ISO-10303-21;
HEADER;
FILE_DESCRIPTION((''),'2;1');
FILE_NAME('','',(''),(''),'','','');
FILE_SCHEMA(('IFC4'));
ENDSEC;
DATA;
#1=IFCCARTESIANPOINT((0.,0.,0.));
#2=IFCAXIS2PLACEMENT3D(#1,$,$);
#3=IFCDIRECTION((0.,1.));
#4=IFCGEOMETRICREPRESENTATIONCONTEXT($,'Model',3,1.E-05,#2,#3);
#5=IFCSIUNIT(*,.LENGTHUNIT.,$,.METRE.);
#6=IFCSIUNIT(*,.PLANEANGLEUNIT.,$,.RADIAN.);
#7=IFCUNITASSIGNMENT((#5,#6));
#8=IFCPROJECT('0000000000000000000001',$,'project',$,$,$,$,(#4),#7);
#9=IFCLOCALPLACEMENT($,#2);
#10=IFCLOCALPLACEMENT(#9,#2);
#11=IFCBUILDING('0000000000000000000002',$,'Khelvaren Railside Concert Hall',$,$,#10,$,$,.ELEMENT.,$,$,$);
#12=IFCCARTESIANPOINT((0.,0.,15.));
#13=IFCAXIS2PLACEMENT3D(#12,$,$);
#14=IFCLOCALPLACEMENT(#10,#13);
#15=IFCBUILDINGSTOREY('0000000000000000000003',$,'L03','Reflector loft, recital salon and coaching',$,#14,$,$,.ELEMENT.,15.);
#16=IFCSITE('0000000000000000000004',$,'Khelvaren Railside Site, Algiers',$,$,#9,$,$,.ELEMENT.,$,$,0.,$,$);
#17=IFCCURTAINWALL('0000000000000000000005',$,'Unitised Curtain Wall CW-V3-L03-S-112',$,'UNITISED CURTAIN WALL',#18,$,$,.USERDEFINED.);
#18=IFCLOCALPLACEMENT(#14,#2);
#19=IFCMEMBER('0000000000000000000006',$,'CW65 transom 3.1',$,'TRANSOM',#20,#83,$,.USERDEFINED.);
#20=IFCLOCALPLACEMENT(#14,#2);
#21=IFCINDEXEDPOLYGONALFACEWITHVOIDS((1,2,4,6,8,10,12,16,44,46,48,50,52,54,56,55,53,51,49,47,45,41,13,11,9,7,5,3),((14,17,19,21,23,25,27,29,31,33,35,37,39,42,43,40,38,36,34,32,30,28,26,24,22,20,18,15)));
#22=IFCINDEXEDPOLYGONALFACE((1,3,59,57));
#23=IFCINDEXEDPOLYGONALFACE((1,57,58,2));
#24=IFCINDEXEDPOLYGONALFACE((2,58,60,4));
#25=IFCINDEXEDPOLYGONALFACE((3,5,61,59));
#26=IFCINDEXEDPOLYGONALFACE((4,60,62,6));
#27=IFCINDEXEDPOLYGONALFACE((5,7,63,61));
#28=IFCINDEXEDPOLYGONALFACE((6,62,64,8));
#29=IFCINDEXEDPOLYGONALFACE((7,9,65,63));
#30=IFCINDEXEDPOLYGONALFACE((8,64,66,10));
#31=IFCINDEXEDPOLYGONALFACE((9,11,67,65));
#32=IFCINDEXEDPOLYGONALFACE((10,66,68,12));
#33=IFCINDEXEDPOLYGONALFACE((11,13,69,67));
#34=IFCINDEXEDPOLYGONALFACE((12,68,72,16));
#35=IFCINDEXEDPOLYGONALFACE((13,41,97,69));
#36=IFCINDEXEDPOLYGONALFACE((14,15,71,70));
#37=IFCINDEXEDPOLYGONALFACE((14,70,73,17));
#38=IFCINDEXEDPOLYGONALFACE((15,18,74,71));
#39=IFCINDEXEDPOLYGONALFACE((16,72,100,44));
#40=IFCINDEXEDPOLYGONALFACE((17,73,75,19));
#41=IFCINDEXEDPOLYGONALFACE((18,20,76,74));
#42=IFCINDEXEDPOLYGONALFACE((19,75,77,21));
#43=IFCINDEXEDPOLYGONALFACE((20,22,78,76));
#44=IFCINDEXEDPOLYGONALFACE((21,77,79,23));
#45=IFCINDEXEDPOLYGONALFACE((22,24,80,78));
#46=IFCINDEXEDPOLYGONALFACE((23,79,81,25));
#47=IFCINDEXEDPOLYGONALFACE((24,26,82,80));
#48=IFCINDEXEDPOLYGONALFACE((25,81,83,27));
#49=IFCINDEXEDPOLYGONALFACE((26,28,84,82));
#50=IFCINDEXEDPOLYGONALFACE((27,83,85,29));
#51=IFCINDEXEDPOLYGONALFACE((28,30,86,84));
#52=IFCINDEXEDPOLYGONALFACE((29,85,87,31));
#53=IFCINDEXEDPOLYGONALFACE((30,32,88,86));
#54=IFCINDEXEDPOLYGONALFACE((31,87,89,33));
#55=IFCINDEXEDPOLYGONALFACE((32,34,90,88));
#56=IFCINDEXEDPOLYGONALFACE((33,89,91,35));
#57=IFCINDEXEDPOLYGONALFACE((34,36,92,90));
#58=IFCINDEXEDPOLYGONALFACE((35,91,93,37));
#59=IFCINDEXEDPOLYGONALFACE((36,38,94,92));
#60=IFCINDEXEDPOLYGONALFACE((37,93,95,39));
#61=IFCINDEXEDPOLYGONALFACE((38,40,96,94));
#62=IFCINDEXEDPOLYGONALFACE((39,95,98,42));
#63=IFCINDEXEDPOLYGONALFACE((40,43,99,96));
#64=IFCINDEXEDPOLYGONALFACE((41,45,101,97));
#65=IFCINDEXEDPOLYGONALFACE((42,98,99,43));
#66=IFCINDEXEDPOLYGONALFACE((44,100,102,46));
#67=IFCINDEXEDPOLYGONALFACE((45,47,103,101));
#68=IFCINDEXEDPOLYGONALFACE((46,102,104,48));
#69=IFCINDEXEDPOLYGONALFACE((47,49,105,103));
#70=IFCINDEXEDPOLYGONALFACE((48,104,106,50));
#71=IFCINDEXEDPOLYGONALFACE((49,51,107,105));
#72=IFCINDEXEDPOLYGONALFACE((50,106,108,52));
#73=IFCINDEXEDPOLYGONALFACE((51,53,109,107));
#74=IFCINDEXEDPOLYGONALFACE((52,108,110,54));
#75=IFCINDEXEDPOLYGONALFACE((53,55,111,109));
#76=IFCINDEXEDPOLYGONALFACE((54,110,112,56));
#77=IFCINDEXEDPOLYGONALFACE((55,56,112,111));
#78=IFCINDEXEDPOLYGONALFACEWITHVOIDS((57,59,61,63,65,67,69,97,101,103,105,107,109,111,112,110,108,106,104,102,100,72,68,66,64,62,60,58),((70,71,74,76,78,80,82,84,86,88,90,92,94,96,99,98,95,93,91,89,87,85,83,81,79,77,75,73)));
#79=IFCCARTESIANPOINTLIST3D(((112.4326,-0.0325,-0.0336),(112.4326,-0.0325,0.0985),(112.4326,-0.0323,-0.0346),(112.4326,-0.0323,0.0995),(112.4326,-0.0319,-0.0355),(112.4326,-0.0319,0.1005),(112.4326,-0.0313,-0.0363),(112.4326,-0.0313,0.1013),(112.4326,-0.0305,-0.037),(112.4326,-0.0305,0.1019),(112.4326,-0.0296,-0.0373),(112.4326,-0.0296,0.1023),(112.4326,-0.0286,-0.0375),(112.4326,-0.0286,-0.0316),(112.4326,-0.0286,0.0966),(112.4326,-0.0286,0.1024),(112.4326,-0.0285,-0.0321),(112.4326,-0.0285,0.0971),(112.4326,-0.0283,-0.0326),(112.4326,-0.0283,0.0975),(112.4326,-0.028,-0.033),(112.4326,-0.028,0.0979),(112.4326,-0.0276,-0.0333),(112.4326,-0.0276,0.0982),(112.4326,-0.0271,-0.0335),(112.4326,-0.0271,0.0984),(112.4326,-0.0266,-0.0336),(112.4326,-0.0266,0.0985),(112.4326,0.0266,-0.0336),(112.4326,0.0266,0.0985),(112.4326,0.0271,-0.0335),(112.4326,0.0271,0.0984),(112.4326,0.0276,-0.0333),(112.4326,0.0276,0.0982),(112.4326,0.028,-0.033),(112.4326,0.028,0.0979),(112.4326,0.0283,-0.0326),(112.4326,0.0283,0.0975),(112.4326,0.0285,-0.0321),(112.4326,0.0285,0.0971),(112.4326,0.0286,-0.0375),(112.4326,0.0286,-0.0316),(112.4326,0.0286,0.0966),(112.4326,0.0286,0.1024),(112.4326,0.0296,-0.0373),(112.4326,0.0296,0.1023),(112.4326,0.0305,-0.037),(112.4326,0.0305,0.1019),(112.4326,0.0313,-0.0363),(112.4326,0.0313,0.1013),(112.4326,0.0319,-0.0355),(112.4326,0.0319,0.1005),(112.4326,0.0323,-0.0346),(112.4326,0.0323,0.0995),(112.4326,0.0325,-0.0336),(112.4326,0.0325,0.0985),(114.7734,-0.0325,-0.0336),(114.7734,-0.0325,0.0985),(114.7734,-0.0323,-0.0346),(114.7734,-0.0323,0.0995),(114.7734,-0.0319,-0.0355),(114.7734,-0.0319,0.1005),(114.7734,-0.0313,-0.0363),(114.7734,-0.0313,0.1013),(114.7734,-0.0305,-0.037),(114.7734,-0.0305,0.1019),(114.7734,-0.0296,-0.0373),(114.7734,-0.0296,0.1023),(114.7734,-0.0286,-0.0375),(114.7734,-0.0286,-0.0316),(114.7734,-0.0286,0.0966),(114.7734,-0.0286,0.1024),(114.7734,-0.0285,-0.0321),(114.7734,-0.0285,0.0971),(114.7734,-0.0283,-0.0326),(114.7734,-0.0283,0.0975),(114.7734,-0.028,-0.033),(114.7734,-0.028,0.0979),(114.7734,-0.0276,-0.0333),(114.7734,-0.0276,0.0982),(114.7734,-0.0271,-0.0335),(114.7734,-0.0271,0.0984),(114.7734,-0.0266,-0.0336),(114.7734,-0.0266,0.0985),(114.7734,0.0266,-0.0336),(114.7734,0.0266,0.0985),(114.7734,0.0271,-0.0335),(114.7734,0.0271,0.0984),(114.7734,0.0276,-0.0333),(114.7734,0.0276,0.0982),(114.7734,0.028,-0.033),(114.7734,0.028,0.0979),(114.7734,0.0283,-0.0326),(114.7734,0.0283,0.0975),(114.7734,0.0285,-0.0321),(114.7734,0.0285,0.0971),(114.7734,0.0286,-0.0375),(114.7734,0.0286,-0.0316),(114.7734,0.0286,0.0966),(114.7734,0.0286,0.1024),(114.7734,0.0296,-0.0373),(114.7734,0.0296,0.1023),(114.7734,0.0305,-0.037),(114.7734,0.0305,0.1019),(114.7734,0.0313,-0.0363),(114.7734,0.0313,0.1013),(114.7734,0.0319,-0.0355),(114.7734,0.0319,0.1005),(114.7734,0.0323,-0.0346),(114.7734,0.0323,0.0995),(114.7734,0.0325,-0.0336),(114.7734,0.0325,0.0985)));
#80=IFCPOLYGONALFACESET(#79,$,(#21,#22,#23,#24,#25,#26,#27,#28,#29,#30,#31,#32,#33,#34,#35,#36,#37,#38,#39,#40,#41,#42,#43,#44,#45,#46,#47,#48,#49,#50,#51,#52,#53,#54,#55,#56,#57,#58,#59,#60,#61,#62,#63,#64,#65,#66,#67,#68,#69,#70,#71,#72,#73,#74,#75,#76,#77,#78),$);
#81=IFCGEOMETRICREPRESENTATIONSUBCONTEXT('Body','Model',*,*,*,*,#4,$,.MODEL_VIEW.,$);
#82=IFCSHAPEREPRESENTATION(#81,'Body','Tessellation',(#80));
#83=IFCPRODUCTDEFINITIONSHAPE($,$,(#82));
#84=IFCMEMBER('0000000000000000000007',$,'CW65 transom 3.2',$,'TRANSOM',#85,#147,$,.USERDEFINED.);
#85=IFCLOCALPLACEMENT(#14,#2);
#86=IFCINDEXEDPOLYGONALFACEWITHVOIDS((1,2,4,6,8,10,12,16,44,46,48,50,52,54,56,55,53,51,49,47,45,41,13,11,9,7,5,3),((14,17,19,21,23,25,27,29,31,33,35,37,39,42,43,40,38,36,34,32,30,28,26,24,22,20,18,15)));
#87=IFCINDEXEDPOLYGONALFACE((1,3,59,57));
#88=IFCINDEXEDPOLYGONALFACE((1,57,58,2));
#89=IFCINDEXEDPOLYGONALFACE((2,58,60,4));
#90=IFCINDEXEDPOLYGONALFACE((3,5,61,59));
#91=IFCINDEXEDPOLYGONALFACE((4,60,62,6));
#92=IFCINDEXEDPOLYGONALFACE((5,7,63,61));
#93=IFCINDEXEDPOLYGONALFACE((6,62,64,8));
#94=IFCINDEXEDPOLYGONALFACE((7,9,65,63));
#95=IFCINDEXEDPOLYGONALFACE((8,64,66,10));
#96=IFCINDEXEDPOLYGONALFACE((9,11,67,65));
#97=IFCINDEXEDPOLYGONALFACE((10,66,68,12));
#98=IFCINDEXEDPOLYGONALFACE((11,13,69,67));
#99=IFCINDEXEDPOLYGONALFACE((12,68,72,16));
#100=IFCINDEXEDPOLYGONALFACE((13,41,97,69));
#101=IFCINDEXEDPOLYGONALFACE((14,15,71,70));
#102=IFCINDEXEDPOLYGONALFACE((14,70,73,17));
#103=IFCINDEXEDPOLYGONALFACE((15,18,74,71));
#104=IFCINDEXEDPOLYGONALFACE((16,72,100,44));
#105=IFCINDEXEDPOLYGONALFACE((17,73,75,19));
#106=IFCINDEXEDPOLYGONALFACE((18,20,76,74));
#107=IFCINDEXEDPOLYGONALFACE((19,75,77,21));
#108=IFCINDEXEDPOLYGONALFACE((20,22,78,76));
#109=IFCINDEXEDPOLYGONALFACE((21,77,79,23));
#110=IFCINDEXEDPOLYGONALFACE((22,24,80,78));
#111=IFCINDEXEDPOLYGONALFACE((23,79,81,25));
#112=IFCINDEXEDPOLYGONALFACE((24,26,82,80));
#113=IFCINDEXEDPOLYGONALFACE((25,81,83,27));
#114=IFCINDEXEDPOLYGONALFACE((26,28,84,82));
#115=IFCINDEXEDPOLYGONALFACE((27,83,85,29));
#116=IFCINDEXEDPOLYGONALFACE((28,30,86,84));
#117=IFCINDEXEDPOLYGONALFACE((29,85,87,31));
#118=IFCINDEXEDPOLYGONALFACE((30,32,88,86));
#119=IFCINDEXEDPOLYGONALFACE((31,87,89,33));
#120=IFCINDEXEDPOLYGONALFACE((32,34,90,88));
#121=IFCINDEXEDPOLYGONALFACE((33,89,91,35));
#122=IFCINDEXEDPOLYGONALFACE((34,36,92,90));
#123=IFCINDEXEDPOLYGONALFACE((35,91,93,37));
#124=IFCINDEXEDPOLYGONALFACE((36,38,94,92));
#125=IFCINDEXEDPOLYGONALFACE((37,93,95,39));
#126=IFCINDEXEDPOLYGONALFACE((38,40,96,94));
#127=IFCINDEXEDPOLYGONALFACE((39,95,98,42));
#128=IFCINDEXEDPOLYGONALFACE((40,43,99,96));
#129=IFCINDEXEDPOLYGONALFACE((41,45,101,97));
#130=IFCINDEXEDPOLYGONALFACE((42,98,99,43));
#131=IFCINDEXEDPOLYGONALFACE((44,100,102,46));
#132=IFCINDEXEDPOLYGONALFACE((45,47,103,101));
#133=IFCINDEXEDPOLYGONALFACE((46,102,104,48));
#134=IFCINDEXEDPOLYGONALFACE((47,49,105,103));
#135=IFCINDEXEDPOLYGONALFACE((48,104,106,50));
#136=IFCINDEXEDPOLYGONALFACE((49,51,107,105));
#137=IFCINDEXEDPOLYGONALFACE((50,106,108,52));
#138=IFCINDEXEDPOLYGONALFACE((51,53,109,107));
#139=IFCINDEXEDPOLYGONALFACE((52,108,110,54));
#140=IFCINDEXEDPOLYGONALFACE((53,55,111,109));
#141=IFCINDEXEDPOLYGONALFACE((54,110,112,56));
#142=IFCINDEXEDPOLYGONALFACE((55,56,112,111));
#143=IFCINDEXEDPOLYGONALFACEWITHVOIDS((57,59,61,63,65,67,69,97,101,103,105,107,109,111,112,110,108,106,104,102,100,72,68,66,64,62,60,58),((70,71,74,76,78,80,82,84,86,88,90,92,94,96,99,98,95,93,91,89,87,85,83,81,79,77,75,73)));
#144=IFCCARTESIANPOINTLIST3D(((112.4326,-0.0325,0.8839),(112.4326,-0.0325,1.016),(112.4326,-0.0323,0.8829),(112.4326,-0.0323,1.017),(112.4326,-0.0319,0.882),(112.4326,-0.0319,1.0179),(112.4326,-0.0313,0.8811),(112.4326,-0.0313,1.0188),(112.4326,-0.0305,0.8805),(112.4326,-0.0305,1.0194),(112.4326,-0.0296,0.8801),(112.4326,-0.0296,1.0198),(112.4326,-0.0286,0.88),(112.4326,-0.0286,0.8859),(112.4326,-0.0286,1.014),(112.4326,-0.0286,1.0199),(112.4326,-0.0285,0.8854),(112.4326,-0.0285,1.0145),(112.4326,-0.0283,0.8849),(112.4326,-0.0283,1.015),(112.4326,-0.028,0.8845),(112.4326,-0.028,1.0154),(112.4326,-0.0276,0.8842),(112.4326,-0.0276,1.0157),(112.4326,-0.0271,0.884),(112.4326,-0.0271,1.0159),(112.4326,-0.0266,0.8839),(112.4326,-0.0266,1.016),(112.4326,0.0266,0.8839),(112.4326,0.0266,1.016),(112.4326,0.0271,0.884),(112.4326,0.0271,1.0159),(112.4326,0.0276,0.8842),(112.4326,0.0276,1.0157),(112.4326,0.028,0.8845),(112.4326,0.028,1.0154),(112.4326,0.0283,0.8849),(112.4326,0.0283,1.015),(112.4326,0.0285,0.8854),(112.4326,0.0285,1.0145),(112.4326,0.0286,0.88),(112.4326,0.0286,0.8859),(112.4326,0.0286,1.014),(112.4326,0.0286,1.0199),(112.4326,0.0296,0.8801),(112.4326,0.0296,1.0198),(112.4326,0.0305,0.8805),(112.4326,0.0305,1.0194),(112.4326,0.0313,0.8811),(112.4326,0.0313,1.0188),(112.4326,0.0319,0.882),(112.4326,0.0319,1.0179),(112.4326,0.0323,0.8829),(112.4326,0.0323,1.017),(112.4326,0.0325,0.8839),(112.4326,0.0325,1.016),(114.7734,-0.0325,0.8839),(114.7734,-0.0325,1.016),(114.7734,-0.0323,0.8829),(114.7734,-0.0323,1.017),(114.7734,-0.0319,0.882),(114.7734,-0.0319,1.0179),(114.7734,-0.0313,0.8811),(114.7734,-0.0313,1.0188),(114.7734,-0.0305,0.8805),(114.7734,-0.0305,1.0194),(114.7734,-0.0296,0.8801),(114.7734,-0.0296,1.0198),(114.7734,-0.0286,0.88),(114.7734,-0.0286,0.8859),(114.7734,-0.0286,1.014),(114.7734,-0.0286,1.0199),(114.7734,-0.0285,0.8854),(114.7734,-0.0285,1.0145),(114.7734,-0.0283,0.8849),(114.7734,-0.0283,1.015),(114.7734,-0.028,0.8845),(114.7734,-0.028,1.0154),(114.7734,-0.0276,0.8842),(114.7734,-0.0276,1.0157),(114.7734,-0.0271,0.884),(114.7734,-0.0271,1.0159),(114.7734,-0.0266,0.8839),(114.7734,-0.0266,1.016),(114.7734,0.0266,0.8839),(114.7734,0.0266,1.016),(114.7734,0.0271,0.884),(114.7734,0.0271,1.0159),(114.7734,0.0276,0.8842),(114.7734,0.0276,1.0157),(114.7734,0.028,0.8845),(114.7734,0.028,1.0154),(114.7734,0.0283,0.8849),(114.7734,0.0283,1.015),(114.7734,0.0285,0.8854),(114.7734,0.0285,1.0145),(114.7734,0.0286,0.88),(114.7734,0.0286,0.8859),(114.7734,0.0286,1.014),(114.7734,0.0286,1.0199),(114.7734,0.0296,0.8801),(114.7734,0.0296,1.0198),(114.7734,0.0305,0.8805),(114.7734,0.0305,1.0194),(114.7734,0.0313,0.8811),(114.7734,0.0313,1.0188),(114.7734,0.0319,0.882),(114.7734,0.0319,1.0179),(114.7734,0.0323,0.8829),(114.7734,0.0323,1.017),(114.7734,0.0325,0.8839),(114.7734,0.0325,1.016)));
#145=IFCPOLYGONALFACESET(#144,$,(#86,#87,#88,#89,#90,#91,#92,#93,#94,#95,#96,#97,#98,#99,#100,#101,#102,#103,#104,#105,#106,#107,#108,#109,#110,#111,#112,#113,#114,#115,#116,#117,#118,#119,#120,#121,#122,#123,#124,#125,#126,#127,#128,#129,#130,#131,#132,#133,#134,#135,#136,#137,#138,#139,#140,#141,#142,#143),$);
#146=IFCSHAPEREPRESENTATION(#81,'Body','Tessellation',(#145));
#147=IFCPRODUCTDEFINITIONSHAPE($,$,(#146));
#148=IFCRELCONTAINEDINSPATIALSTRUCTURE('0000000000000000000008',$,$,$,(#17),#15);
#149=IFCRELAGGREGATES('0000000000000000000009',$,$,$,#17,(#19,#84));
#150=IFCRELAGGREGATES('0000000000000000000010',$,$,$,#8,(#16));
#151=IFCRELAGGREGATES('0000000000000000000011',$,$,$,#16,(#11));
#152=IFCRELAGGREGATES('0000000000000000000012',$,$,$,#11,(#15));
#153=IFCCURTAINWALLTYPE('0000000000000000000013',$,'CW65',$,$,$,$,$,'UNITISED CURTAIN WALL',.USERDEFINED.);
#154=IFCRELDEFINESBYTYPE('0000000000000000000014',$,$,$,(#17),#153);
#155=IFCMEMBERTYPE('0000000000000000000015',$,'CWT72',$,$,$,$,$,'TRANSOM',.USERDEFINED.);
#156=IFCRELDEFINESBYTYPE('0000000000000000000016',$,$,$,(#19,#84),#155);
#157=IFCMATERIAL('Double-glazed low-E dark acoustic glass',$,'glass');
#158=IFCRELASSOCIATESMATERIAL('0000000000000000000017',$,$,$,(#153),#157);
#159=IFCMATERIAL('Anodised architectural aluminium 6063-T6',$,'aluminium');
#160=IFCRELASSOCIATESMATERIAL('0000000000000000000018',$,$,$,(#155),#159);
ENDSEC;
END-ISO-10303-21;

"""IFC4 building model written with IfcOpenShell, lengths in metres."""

from ifc_helpers import new_model, si_unit, direction, frame, origin, origin_2d, place, context, subcontext, project, spatial, hollow_rectangle, extrude, material, material_profile, profile_set, type_object, element, aggregate, save


model = new_model("IFC4")

# Units and contexts
model_context = context("Model", 3, precision=1e-05, world=origin(), true_north=direction((0.0, 1.0)))
body_context = subcontext(model_context, "Body", "Model", "MODEL_VIEW")
ifc_project = project(units=[si_unit("LENGTHUNIT", "METRE"), si_unit("PLANEANGLEUNIT", "RADIAN")], contexts=[model_context])

# Site, building, storey
site_placement = place(None, origin())
site = spatial("IfcSite", under=ifc_project, at=site_placement, Name="Khelvaren Railside Site, Algiers", CompositionType="ELEMENT", RefElevation=0.0)
building_placement = place(site_placement, origin())
building = spatial("IfcBuilding", under=site, at=building_placement, Name="Khelvaren Railside Concert Hall", CompositionType="ELEMENT")
storey_placement = place(building_placement, frame((0.0, 0.0, 15.0)))
storey = spatial("IfcBuildingStorey", under=building, at=storey_placement, Name="L03", Description="Reflector loft, recital salon and coaching", CompositionType="ELEMENT", Elevation=15.0)

# Curtain wall
ifc_material_1 = material(Name="Double-glazed low-E dark acoustic glass", Category="glass")
ifc_material_2 = material(Name="Anodised architectural aluminium 6063-T6", Category="aluminium")
curtain_wall_type_1 = type_object("IfcCurtainWallType", Name="CW65", ElementType="UNITISED CURTAIN WALL", PredefinedType="USERDEFINED", material=ifc_material_1)
curtain_wall_1_placement = place(storey_placement, origin())
curtain_wall_1 = element("IfcCurtainWall", 1, at=curtain_wall_1_placement, inside=storey, type_object=curtain_wall_type_1, Name="Unitised Curtain Wall CW-V3-L03-S-112", ObjectType="UNITISED CURTAIN WALL", PredefinedType="USERDEFINED")

# Members
ifc_material_profile_1 = material_profile(ifc_material_2, hollow_rectangle(XDim=0.0649, YDim=0.1399, WallThickness=0.0039, InnerFilletRadius=0.002, OuterFilletRadius=0.0039, at=origin_2d()), Name="CWT 65x140x4")
ifc_profile_set_1 = profile_set([ifc_material_profile_1], Name="Anodised architectural aluminium 6063-T6")
member_type_1 = type_object("IfcMemberType", Name="CWT72", ElementType="TRANSOM", PredefinedType="USERDEFINED", material=ifc_profile_set_1)
member_1_placement = place(storey_placement, frame((114.7734, 0.0, 0.0325), z_axis=(-1.0, 0.0, 0.0), x_axis=(0.0, -1.0, 0.0)))
member_1 = element("IfcMember", 2, at=member_1_placement, type_object=member_type_1, Name="CW65 transom 3.1", ObjectType="TRANSOM", PredefinedType="USERDEFINED", context=body_context, shape_type="SweptSolid", body=[
    extrude(hollow_rectangle(XDim=0.0649, YDim=0.1399, WallThickness=0.0039, InnerFilletRadius=0.002, OuterFilletRadius=0.0039, at=origin_2d()), origin(), (0.0, 0.0, 1.0), 2.3408),
])
member_2_placement = place(storey_placement, frame((114.7734, 0.0, 0.95), z_axis=(-1.0, 0.0, 0.0), x_axis=(0.0, -1.0, 0.0)))
member_2 = element("IfcMember", 3, at=member_2_placement, type_object=member_type_1, Name="CW65 transom 3.2", ObjectType="TRANSOM", PredefinedType="USERDEFINED", context=body_context, shape_type="SweptSolid", body=[
    extrude(hollow_rectangle(XDim=0.0649, YDim=0.1399, WallThickness=0.0039, InnerFilletRadius=0.002, OuterFilletRadius=0.0039, at=origin_2d()), origin(), (0.0, 0.0, 1.0), 2.3408),
])

aggregate(curtain_wall_1, [member_1, member_2])

save(model, "model.ifc")
